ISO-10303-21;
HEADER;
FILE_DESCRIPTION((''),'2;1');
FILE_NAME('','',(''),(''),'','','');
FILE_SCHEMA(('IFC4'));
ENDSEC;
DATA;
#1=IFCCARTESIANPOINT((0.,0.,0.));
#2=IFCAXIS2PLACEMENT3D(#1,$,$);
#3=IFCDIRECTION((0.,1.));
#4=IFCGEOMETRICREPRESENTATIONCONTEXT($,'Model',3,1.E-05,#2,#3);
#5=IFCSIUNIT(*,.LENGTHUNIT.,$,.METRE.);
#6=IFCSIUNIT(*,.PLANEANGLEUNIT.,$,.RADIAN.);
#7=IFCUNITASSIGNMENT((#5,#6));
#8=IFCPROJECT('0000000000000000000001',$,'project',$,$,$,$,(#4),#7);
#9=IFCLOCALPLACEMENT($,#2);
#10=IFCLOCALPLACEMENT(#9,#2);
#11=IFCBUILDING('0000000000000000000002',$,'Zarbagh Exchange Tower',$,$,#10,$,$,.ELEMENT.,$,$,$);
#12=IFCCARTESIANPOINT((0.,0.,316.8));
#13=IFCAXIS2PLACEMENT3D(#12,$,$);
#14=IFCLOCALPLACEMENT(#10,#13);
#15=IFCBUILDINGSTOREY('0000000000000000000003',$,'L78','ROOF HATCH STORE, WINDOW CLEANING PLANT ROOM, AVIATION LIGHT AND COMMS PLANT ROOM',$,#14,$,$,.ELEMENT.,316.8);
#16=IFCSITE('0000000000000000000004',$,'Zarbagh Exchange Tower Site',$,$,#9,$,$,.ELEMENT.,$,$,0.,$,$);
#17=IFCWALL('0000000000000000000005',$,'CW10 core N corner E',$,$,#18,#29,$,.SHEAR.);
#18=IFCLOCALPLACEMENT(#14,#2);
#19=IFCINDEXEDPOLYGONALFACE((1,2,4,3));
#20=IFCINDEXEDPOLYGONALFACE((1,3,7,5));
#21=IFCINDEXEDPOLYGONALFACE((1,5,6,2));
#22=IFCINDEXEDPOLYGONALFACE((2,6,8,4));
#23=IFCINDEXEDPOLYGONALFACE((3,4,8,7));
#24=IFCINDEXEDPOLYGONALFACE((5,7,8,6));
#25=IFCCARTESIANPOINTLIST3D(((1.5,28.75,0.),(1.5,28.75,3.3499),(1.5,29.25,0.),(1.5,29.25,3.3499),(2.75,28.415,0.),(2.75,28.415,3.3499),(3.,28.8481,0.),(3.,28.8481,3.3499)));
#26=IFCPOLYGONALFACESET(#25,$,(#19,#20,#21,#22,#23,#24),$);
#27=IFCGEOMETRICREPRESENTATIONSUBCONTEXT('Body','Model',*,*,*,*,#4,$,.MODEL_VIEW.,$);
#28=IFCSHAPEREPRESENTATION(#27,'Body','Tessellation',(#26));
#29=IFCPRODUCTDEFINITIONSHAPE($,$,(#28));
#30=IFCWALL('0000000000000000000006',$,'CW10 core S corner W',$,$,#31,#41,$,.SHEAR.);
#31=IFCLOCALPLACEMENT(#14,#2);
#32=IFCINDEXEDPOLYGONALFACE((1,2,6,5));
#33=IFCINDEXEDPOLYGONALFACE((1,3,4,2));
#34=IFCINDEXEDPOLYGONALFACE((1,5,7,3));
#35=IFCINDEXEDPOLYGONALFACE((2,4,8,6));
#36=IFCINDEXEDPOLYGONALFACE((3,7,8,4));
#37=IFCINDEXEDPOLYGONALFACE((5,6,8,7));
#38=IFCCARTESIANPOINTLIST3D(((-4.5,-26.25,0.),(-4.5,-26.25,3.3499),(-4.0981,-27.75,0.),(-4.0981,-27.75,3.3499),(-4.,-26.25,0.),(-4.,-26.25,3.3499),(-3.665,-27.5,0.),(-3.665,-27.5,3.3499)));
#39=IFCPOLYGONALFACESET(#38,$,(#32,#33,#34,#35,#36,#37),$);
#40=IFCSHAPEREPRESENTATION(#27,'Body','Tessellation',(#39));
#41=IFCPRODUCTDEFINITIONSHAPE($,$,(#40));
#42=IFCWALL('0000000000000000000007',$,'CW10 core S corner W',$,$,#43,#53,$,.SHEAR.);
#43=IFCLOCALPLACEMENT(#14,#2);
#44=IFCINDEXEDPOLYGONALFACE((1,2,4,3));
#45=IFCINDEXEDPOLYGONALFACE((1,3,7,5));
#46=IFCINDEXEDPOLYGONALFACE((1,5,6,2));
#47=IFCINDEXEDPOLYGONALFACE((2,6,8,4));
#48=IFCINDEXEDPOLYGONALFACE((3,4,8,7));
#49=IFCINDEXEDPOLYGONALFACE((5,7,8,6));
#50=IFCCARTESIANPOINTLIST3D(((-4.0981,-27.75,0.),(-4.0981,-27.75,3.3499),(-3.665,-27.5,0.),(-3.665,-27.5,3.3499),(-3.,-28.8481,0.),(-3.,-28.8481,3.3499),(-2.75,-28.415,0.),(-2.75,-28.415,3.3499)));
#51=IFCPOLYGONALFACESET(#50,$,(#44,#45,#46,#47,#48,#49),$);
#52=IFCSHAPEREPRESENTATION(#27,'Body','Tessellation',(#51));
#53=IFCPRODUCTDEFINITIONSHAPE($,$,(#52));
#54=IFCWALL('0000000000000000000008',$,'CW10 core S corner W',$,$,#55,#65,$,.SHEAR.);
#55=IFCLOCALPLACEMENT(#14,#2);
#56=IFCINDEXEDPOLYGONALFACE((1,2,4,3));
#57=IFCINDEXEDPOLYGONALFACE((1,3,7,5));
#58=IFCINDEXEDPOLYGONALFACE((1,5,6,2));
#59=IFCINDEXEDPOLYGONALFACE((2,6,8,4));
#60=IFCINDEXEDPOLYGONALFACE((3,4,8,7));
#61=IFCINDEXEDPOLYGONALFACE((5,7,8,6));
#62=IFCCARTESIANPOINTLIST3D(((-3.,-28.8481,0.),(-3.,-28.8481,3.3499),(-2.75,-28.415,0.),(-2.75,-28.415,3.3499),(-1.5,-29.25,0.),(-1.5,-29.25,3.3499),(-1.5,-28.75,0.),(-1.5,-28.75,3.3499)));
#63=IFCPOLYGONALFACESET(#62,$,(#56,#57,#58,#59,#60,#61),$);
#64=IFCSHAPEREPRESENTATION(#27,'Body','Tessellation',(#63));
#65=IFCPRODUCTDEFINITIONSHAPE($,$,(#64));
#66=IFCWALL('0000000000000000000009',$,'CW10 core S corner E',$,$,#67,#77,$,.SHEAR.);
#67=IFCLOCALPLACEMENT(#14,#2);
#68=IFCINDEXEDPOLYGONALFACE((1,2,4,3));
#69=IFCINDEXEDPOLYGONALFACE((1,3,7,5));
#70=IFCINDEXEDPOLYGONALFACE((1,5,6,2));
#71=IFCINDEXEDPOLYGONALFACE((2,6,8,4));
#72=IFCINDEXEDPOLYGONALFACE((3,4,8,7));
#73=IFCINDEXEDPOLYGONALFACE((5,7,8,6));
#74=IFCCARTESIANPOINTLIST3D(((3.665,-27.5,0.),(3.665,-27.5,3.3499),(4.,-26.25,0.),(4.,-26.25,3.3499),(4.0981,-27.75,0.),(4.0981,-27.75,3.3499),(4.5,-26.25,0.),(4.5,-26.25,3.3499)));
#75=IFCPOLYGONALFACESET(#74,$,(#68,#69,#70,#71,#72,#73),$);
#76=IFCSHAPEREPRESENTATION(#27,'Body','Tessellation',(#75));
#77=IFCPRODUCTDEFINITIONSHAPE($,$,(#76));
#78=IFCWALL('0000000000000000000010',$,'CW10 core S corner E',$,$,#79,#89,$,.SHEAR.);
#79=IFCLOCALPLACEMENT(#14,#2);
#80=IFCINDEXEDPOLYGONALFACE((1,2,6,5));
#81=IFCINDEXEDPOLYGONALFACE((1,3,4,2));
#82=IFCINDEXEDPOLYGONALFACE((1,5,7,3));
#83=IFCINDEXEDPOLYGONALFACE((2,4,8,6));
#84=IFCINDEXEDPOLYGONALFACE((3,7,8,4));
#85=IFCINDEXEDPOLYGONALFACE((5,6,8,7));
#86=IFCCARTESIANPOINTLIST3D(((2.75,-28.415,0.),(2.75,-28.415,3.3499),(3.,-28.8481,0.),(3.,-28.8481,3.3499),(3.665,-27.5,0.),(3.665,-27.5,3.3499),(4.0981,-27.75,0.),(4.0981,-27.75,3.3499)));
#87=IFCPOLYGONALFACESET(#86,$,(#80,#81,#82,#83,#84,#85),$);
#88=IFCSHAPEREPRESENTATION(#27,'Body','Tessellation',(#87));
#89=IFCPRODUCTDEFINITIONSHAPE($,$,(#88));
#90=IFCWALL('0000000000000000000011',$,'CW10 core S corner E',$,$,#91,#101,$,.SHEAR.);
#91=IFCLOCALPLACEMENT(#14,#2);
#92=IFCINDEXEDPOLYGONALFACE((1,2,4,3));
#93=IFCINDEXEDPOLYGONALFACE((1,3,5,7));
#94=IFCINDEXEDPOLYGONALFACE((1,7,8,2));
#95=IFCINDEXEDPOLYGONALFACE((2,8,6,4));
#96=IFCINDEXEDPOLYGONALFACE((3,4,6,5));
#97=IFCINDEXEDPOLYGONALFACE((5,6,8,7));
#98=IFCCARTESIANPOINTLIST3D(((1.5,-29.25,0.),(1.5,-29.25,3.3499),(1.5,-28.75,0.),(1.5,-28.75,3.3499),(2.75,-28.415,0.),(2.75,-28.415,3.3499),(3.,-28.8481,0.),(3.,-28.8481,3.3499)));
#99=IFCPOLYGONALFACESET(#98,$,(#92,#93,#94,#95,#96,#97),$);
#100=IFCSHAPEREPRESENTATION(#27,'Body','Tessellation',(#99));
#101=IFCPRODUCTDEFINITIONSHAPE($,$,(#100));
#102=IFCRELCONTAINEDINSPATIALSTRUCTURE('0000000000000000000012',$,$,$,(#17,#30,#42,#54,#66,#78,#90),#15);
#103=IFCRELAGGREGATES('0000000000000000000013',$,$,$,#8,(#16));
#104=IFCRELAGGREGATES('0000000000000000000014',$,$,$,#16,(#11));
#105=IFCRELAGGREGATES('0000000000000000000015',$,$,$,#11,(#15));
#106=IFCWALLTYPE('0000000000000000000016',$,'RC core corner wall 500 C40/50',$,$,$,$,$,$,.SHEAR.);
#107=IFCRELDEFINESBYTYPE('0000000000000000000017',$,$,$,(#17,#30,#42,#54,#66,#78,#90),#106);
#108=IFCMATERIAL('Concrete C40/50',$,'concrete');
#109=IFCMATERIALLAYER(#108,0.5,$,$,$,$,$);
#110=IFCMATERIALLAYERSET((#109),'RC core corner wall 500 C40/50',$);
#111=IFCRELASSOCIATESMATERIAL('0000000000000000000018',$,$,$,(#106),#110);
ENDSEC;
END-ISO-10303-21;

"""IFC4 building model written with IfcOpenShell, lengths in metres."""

from ifc_helpers import new_model, si_unit, direction, frame, origin, place, context, subcontext, project, spatial, polyline, outline, extrude, material, layer, layer_set, type_object, element, save


model = new_model("IFC4")

# Units and contexts
model_context = context("Model", 3, precision=1e-05, world=origin(), true_north=direction((0.0, 1.0)))
body_context = subcontext(model_context, "Body", "Model", "MODEL_VIEW")
ifc_project = project(units=[si_unit("LENGTHUNIT", "METRE"), si_unit("PLANEANGLEUNIT", "RADIAN")], contexts=[model_context])

# Site, building, storey
site_placement = place(None, origin())
site = spatial("IfcSite", under=ifc_project, at=site_placement, Name="Zarbagh Exchange Tower Site", CompositionType="ELEMENT", RefElevation=0.0)
building_placement = place(site_placement, origin())
building = spatial("IfcBuilding", under=site, at=building_placement, Name="Zarbagh Exchange Tower", CompositionType="ELEMENT")
storey_placement = place(building_placement, frame((0.0, 0.0, 316.8)))
storey = spatial("IfcBuildingStorey", under=building, at=storey_placement, Name="L78", Description="ROOF HATCH STORE, WINDOW CLEANING PLANT ROOM, AVIATION LIGHT AND COMMS PLANT ROOM", CompositionType="ELEMENT", Elevation=316.8)

# Shared definitions
ifc_material_1 = material(Name="Concrete C40/50", Category="concrete")

# Walls
ifc_layer_1 = layer(ifc_material_1, 0.5)
ifc_layer_set_1 = layer_set([ifc_layer_1], Name="RC core corner wall 500 C40/50")
wall_type_1 = type_object("IfcWallType", Name="RC core corner wall 500 C40/50", PredefinedType="SHEAR", material=ifc_layer_set_1)
wall_1_placement = place(storey_placement, origin())
element("IfcWall", 1, at=wall_1_placement, inside=storey, type_object=wall_type_1, Name="CW10 core N corner E", PredefinedType="SHEAR", context=body_context, shape_type="SweptSolid", body=[
    extrude(outline(polyline([(3.0, 28.8481), (1.5, 29.25), (1.5, 28.75), (2.75, 28.415), (3.0, 28.8481)])), origin(), (0.0, 0.0, 1.0), 3.3499),
])
wall_2_placement = place(storey_placement, origin())
element("IfcWall", 2, at=wall_2_placement, inside=storey, type_object=wall_type_1, Name="CW10 core S corner W", PredefinedType="SHEAR", context=body_context, shape_type="SweptSolid", body=[
    extrude(outline(polyline([(-4.5, -26.25), (-4.0981, -27.75), (-3.665, -27.5), (-4.0, -26.25), (-4.5, -26.25)])), origin(), (0.0, 0.0, 1.0), 3.3499),
])
wall_3_placement = place(storey_placement, origin())
element("IfcWall", 3, at=wall_3_placement, inside=storey, type_object=wall_type_1, Name="CW10 core S corner W", PredefinedType="SHEAR", context=body_context, shape_type="SweptSolid", body=[
    extrude(outline(polyline([(-4.0981, -27.75), (-3.0, -28.8481), (-2.75, -28.415), (-3.665, -27.5), (-4.0981, -27.75)])), origin(), (0.0, 0.0, 1.0), 3.3499),
])
wall_4_placement = place(storey_placement, origin())
element("IfcWall", 4, at=wall_4_placement, inside=storey, type_object=wall_type_1, Name="CW10 core S corner W", PredefinedType="SHEAR", context=body_context, shape_type="SweptSolid", body=[
    extrude(outline(polyline([(-3.0, -28.8481), (-1.5, -29.25), (-1.5, -28.75), (-2.75, -28.415), (-3.0, -28.8481)])), origin(), (0.0, 0.0, 1.0), 3.3499),
])
wall_5_placement = place(storey_placement, origin())
element("IfcWall", 5, at=wall_5_placement, inside=storey, type_object=wall_type_1, Name="CW10 core S corner E", PredefinedType="SHEAR", context=body_context, shape_type="SweptSolid", body=[
    extrude(outline(polyline([(4.5, -26.25), (4.0981, -27.75), (3.665, -27.5), (4.0, -26.25), (4.5, -26.25)])), origin(), (0.0, 0.0, 1.0), 3.3499),
])
wall_6_placement = place(storey_placement, origin())
element("IfcWall", 6, at=wall_6_placement, inside=storey, type_object=wall_type_1, Name="CW10 core S corner E", PredefinedType="SHEAR", context=body_context, shape_type="SweptSolid", body=[
    extrude(outline(polyline([(4.0981, -27.75), (3.0, -28.8481), (2.75, -28.415), (3.665, -27.5), (4.0981, -27.75)])), origin(), (0.0, 0.0, 1.0), 3.3499),
])
wall_7_placement = place(storey_placement, origin())
element("IfcWall", 7, at=wall_7_placement, inside=storey, type_object=wall_type_1, Name="CW10 core S corner E", PredefinedType="SHEAR", context=body_context, shape_type="SweptSolid", body=[
    extrude(outline(polyline([(3.0, -28.8481), (1.5, -29.25), (1.5, -28.75), (2.75, -28.415), (3.0, -28.8481)])), origin(), (0.0, 0.0, 1.0), 3.3499),
])

save(model, "model.ifc")
